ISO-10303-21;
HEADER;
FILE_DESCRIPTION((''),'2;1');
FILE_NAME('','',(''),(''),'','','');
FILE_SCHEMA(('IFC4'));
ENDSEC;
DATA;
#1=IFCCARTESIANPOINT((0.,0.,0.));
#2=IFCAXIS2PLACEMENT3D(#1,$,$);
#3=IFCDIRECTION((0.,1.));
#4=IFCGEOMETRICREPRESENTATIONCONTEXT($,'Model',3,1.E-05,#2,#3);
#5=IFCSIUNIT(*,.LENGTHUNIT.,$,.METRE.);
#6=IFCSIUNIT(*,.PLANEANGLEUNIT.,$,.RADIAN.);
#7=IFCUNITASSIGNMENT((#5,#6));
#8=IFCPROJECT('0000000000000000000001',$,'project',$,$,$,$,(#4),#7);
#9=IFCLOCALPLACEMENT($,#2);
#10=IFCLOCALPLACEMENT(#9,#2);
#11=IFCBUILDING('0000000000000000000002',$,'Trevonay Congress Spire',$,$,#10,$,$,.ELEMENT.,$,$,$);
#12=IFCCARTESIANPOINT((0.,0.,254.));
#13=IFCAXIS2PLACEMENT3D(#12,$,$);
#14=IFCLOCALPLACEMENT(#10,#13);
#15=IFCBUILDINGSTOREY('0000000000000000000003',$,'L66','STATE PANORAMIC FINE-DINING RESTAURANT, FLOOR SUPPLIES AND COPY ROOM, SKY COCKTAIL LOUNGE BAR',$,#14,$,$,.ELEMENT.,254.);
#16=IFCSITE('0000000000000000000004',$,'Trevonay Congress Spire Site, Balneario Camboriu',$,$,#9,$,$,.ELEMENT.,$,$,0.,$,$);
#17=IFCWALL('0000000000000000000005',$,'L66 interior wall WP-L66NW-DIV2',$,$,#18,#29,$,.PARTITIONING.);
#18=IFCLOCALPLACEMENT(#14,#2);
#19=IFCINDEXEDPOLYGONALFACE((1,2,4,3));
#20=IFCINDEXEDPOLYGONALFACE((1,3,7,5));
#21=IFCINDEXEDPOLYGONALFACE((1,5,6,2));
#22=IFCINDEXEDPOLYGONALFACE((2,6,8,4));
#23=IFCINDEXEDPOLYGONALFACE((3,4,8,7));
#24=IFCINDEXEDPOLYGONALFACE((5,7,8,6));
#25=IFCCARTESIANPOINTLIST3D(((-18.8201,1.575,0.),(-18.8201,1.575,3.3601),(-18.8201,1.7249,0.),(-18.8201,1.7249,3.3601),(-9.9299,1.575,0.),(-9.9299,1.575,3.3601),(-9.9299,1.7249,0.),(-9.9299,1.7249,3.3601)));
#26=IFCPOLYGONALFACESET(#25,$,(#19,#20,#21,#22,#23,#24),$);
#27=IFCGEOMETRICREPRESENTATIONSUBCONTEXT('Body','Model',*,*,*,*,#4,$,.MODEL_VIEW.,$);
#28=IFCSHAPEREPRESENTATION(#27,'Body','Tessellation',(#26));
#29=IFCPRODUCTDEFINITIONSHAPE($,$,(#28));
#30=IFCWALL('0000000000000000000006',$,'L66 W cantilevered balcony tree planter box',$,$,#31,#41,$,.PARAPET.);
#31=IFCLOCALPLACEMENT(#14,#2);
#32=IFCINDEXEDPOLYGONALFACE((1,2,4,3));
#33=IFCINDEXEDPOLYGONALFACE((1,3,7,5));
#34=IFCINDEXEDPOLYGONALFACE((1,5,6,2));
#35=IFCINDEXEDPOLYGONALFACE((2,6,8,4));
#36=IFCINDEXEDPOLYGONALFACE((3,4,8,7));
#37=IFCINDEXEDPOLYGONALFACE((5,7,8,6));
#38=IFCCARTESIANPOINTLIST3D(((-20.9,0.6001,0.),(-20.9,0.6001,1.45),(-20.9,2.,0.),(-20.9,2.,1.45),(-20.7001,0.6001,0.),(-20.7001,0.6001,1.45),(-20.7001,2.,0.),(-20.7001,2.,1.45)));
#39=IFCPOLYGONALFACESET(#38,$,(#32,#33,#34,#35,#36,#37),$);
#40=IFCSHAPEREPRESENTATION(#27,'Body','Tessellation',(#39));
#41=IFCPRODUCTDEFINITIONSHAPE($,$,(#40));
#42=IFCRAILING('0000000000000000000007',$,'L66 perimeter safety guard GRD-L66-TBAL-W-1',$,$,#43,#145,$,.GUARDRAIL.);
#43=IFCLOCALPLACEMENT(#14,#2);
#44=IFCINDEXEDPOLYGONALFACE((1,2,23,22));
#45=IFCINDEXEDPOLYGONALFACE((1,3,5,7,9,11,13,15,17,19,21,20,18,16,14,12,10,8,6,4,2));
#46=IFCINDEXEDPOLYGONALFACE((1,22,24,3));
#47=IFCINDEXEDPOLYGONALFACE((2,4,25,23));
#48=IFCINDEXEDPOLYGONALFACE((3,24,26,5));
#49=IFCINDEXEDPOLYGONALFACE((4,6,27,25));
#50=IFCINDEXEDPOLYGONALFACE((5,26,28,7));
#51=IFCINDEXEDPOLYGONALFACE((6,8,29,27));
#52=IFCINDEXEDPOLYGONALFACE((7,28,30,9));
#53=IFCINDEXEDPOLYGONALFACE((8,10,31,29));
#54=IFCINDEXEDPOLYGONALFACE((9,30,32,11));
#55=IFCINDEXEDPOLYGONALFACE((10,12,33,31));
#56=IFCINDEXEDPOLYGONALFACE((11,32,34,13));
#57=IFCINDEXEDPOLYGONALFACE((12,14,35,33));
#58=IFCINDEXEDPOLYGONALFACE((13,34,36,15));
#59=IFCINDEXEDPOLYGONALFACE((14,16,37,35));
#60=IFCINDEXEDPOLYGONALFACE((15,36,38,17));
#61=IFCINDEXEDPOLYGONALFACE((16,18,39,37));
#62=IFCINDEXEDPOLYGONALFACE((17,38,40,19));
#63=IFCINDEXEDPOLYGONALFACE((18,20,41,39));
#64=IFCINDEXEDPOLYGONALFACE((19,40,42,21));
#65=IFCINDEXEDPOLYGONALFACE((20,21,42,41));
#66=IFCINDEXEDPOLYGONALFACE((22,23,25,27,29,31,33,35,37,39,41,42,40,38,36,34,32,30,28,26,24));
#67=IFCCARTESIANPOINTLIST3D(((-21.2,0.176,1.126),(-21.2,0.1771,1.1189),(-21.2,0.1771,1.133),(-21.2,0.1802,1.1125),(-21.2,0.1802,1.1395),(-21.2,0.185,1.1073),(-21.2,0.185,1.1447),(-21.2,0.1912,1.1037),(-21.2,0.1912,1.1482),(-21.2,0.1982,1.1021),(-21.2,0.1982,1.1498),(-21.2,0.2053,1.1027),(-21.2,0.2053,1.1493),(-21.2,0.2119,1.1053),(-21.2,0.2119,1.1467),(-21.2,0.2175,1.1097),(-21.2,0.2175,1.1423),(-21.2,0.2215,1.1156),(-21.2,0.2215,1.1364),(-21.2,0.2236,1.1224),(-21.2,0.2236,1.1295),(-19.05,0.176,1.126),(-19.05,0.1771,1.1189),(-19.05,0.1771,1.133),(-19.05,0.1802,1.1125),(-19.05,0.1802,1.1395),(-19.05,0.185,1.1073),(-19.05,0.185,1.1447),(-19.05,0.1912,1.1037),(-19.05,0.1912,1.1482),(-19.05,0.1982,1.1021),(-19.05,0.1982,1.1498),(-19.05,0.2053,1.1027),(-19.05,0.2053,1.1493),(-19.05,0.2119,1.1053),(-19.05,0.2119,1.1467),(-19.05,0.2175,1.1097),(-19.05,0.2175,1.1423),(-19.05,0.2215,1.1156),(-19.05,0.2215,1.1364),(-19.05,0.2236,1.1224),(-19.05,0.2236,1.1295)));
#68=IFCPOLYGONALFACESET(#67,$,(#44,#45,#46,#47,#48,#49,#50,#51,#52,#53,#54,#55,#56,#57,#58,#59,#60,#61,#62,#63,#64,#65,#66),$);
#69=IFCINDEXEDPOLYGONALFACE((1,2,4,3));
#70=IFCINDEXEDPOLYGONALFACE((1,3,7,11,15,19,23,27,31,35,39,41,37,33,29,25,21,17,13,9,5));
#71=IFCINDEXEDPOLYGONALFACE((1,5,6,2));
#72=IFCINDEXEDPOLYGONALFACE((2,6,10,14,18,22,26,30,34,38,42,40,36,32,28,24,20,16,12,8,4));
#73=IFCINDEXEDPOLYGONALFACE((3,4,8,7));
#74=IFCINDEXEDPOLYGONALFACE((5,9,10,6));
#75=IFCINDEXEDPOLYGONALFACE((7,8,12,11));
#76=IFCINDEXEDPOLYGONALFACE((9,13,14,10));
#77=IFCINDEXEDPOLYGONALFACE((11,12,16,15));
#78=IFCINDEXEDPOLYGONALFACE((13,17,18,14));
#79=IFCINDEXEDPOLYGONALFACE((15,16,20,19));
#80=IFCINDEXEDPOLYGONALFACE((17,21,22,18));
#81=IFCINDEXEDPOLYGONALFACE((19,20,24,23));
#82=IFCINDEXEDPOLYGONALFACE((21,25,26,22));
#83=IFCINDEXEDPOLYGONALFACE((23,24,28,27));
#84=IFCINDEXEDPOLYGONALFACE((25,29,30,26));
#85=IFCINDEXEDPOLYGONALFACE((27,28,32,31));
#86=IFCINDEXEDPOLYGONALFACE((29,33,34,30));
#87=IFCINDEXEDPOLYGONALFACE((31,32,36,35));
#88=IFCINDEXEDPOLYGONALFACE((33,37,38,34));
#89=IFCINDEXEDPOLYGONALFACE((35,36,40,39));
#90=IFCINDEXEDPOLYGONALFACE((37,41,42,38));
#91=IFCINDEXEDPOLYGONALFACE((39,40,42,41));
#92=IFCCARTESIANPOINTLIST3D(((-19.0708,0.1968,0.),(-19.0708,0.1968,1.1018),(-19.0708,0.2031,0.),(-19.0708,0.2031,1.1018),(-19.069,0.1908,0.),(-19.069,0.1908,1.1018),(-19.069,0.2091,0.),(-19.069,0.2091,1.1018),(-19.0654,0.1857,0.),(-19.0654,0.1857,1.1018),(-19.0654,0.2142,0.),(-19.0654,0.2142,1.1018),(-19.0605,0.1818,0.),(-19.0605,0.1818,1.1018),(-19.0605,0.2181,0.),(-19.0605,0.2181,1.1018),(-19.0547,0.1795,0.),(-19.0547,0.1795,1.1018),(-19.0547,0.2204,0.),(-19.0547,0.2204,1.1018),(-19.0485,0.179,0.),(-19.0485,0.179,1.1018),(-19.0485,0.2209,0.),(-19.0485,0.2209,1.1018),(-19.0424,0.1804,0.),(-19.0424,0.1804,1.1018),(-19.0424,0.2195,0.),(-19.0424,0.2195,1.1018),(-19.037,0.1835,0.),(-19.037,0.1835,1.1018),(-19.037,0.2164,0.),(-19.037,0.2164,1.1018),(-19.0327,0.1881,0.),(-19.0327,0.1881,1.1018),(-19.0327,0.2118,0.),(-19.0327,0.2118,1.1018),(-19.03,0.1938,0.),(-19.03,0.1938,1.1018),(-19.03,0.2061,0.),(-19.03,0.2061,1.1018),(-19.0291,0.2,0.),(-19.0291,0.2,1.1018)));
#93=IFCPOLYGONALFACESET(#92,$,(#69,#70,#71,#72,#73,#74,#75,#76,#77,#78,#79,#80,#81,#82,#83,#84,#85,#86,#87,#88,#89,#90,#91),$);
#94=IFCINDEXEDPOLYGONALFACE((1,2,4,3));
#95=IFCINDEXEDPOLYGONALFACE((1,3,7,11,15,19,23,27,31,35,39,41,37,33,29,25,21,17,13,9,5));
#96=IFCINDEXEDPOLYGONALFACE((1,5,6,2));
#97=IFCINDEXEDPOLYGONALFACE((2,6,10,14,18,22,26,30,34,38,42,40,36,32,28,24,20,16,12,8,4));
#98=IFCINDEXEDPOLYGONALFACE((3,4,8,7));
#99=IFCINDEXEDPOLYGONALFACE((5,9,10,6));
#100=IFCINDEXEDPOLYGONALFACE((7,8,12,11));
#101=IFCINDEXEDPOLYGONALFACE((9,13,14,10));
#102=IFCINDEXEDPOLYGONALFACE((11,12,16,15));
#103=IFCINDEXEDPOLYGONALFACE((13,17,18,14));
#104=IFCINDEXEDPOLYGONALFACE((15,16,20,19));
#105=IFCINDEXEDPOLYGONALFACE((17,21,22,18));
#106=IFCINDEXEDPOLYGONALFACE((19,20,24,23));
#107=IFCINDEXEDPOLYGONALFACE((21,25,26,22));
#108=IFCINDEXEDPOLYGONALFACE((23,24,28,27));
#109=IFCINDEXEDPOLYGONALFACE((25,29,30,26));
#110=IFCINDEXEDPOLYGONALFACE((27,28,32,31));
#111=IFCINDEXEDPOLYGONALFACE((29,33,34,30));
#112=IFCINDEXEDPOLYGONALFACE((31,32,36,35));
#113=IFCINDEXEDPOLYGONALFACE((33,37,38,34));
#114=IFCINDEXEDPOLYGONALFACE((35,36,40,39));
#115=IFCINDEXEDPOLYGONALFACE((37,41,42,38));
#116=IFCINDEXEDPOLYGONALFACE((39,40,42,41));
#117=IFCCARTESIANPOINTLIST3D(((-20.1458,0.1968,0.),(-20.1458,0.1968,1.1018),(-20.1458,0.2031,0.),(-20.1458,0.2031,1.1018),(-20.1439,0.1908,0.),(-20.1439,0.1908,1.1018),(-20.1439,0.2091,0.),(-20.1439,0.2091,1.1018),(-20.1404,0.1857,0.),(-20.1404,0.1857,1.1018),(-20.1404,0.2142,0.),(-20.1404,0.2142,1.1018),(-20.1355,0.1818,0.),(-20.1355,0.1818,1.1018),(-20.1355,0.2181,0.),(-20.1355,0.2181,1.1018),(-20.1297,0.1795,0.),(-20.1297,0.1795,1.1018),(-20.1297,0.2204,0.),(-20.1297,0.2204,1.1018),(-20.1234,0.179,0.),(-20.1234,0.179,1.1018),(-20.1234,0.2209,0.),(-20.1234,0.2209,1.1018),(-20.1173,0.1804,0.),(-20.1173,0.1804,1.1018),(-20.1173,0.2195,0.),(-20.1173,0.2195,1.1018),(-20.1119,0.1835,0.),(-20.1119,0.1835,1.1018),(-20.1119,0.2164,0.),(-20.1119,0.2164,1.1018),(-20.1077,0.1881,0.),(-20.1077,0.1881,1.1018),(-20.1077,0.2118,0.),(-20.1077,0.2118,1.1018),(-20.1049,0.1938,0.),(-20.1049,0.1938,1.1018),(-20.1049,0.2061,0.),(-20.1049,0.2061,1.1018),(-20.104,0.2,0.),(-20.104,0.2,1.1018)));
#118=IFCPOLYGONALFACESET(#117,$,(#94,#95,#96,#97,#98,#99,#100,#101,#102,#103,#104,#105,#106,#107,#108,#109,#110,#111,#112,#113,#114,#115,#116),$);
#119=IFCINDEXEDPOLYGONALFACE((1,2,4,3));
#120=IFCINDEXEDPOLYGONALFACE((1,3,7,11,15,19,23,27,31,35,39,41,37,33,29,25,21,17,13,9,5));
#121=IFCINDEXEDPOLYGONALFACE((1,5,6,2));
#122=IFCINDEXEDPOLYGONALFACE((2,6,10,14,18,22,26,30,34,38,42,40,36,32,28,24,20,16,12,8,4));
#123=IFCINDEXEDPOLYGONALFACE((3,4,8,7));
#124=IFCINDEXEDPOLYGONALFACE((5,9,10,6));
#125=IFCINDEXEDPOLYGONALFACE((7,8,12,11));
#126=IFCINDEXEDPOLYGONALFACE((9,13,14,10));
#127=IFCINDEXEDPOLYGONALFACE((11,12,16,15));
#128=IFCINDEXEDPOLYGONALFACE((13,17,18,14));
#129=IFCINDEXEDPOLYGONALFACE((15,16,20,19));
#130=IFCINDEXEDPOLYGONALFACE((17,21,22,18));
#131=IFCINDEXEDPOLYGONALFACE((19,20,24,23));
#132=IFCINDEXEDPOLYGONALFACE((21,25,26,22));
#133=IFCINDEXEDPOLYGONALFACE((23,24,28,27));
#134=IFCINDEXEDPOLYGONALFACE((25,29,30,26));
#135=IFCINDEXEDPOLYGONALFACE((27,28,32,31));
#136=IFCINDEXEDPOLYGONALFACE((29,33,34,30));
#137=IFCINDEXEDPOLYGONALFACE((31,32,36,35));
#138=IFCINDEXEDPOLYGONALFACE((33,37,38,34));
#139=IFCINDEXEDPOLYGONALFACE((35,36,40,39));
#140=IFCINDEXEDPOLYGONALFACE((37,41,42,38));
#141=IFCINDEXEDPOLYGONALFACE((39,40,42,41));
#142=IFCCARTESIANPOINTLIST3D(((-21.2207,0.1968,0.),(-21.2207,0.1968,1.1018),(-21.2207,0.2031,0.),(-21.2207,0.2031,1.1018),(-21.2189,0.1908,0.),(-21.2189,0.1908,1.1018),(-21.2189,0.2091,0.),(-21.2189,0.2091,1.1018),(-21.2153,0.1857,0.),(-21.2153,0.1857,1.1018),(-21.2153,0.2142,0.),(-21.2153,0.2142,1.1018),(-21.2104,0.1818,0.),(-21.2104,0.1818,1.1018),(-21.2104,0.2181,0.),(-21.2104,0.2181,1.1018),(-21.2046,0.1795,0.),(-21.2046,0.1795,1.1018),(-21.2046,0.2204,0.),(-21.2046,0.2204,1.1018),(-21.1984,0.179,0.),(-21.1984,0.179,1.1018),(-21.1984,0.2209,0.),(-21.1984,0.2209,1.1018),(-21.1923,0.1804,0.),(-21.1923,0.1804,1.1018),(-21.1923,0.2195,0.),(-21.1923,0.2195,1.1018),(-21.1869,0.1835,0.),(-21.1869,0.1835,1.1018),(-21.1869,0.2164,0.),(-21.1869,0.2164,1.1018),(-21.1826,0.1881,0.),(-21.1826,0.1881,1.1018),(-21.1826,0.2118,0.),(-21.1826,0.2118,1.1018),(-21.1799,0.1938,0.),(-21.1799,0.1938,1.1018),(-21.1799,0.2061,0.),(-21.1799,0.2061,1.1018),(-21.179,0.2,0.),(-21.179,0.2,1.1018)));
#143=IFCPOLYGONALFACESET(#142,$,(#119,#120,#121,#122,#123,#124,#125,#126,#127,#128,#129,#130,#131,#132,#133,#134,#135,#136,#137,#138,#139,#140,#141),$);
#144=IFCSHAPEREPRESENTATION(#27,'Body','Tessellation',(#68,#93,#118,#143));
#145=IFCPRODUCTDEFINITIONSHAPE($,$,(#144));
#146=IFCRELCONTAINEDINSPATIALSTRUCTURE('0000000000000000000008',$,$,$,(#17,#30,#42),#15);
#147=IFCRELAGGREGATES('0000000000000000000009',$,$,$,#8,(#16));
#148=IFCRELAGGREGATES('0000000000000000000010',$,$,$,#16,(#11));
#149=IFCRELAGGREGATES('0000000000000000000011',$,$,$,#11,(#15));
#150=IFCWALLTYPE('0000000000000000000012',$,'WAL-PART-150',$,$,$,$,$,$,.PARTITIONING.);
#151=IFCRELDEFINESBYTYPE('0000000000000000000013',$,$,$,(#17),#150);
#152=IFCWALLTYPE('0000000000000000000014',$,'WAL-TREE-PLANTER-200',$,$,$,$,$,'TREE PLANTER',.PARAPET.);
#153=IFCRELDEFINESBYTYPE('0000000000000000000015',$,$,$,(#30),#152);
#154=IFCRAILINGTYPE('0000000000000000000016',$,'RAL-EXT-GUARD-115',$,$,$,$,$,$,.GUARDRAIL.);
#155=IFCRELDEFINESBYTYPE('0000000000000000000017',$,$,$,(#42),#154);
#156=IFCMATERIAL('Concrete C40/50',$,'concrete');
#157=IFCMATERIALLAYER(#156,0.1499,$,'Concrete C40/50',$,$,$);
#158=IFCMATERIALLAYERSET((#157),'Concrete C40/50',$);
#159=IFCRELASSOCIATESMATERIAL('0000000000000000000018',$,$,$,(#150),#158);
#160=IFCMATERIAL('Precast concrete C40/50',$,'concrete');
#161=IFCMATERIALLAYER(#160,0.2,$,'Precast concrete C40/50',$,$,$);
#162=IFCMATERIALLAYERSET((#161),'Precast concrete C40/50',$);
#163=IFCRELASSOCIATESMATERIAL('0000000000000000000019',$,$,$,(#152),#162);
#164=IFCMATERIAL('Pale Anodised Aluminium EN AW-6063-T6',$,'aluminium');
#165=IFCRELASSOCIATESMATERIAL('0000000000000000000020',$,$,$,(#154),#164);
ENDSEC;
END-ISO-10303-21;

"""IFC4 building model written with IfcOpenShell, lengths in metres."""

from ifc_helpers import new_model, si_unit, direction, frame, frame_2d, origin, origin_2d, place, context, subcontext, project, spatial, rectangle, circle, extrude, material, layer, layer_set, type_object, element, save


model = new_model("IFC4")

# Units and contexts
model_context = context("Model", 3, precision=1e-05, world=origin(), true_north=direction((0.0, 1.0)))
body_context = subcontext(model_context, "Body", "Model", "MODEL_VIEW")
ifc_project = project(units=[si_unit("LENGTHUNIT", "METRE"), si_unit("PLANEANGLEUNIT", "RADIAN")], contexts=[model_context])

# Site, building, storey
site_placement = place(None, origin())
site = spatial("IfcSite", under=ifc_project, at=site_placement, Name="Trevonay Congress Spire Site, Balneario Camboriu", CompositionType="ELEMENT", RefElevation=0.0)
building_placement = place(site_placement, origin())
building = spatial("IfcBuilding", under=site, at=building_placement, Name="Trevonay Congress Spire", CompositionType="ELEMENT")
storey_placement = place(building_placement, frame((0.0, 0.0, 254.0)))
storey = spatial("IfcBuildingStorey", under=building, at=storey_placement, Name="L66", Description="STATE PANORAMIC FINE-DINING RESTAURANT, FLOOR SUPPLIES AND COPY ROOM, SKY COCKTAIL LOUNGE BAR", CompositionType="ELEMENT", Elevation=254.0)

# Shared definitions
ifc_material_1 = material(Name="Pale Anodised Aluminium EN AW-6063-T6", Category="aluminium")

# Shared definitions
ifc_material_2 = material(Name="Precast concrete C40/50", Category="concrete")

# Walls
ifc_material_3 = material(Name="Concrete C40/50", Category="concrete")
ifc_layer_1 = layer(ifc_material_3, 0.1499, Name="Concrete C40/50")
ifc_layer_set_1 = layer_set([ifc_layer_1], Name="Concrete C40/50")
wall_type_1 = type_object("IfcWallType", Name="WAL-PART-150", PredefinedType="PARTITIONING", material=ifc_layer_set_1)
wall_1_placement = place(storey_placement, frame((-18.8201, 1.6499, 0.0), z_axis=(0.0, 0.0, 1.0), x_axis=(1.0, 0.0, 0.0)))
element("IfcWall", 1, at=wall_1_placement, inside=storey, type_object=wall_type_1, Name="L66 interior wall WP-L66NW-DIV2", PredefinedType="PARTITIONING", context=body_context, shape_type="SweptSolid", body=[
    extrude(rectangle(XDim=8.8901, YDim=0.1499, at=frame_2d((4.4451, 0.0))), origin(), (0.0, 0.0, 1.0), 3.3601),
])
ifc_layer_2 = layer(ifc_material_2, 0.2, Name="Precast concrete C40/50")
ifc_layer_set_2 = layer_set([ifc_layer_2], Name="Precast concrete C40/50")
wall_type_2 = type_object("IfcWallType", Name="WAL-TREE-PLANTER-200", ElementType="TREE PLANTER", PredefinedType="PARAPET", material=ifc_layer_set_2)
wall_2_placement = place(storey_placement, frame((-20.8, 0.6001, 0.0), z_axis=(0.0, 0.0, 1.0), x_axis=(0.0, 1.0, 0.0)))
element("IfcWall", 2, at=wall_2_placement, inside=storey, type_object=wall_type_2, Name="L66 W cantilevered balcony tree planter box", PredefinedType="PARAPET", context=body_context, shape_type="SweptSolid", body=[
    extrude(rectangle(XDim=1.3999, YDim=0.2, at=frame_2d((0.7, 0.0))), origin(), (0.0, 0.0, 1.0), 1.45),
])

# Railing
railing_type = type_object("IfcRailingType", Name="RAL-EXT-GUARD-115", PredefinedType="GUARDRAIL", material=ifc_material_1)
railing_1_placement = place(storey_placement, frame((-19.05, 0.2, 0.0)))
element("IfcRailing", 3, at=railing_1_placement, inside=storey, type_object=railing_type, Name="L66 perimeter safety guard GRD-L66-TBAL-W-1", PredefinedType="GUARDRAIL", context=body_context, shape_type="SweptSolid", body=[
    extrude(circle(Radius=0.0239, at=origin_2d()), frame((0.0, 0.0, 1.126), z_axis=(-1.0, 0.0, 0.0), x_axis=(0.0, -1.0, 0.0)), (0.0, 0.0, 1.0), 2.1499),
    extrude(circle(Radius=0.021, at=origin_2d()), origin(), (0.0, 0.0, 1.0), 1.1018),
    extrude(circle(Radius=0.021, at=origin_2d()), frame((-1.075, 0.0, 0.0)), (0.0, 0.0, 1.0), 1.1018),
    extrude(circle(Radius=0.021, at=origin_2d()), frame((-2.1499, 0.0, 0.0)), (0.0, 0.0, 1.0), 1.1018),
])

save(model, "model.ifc")
